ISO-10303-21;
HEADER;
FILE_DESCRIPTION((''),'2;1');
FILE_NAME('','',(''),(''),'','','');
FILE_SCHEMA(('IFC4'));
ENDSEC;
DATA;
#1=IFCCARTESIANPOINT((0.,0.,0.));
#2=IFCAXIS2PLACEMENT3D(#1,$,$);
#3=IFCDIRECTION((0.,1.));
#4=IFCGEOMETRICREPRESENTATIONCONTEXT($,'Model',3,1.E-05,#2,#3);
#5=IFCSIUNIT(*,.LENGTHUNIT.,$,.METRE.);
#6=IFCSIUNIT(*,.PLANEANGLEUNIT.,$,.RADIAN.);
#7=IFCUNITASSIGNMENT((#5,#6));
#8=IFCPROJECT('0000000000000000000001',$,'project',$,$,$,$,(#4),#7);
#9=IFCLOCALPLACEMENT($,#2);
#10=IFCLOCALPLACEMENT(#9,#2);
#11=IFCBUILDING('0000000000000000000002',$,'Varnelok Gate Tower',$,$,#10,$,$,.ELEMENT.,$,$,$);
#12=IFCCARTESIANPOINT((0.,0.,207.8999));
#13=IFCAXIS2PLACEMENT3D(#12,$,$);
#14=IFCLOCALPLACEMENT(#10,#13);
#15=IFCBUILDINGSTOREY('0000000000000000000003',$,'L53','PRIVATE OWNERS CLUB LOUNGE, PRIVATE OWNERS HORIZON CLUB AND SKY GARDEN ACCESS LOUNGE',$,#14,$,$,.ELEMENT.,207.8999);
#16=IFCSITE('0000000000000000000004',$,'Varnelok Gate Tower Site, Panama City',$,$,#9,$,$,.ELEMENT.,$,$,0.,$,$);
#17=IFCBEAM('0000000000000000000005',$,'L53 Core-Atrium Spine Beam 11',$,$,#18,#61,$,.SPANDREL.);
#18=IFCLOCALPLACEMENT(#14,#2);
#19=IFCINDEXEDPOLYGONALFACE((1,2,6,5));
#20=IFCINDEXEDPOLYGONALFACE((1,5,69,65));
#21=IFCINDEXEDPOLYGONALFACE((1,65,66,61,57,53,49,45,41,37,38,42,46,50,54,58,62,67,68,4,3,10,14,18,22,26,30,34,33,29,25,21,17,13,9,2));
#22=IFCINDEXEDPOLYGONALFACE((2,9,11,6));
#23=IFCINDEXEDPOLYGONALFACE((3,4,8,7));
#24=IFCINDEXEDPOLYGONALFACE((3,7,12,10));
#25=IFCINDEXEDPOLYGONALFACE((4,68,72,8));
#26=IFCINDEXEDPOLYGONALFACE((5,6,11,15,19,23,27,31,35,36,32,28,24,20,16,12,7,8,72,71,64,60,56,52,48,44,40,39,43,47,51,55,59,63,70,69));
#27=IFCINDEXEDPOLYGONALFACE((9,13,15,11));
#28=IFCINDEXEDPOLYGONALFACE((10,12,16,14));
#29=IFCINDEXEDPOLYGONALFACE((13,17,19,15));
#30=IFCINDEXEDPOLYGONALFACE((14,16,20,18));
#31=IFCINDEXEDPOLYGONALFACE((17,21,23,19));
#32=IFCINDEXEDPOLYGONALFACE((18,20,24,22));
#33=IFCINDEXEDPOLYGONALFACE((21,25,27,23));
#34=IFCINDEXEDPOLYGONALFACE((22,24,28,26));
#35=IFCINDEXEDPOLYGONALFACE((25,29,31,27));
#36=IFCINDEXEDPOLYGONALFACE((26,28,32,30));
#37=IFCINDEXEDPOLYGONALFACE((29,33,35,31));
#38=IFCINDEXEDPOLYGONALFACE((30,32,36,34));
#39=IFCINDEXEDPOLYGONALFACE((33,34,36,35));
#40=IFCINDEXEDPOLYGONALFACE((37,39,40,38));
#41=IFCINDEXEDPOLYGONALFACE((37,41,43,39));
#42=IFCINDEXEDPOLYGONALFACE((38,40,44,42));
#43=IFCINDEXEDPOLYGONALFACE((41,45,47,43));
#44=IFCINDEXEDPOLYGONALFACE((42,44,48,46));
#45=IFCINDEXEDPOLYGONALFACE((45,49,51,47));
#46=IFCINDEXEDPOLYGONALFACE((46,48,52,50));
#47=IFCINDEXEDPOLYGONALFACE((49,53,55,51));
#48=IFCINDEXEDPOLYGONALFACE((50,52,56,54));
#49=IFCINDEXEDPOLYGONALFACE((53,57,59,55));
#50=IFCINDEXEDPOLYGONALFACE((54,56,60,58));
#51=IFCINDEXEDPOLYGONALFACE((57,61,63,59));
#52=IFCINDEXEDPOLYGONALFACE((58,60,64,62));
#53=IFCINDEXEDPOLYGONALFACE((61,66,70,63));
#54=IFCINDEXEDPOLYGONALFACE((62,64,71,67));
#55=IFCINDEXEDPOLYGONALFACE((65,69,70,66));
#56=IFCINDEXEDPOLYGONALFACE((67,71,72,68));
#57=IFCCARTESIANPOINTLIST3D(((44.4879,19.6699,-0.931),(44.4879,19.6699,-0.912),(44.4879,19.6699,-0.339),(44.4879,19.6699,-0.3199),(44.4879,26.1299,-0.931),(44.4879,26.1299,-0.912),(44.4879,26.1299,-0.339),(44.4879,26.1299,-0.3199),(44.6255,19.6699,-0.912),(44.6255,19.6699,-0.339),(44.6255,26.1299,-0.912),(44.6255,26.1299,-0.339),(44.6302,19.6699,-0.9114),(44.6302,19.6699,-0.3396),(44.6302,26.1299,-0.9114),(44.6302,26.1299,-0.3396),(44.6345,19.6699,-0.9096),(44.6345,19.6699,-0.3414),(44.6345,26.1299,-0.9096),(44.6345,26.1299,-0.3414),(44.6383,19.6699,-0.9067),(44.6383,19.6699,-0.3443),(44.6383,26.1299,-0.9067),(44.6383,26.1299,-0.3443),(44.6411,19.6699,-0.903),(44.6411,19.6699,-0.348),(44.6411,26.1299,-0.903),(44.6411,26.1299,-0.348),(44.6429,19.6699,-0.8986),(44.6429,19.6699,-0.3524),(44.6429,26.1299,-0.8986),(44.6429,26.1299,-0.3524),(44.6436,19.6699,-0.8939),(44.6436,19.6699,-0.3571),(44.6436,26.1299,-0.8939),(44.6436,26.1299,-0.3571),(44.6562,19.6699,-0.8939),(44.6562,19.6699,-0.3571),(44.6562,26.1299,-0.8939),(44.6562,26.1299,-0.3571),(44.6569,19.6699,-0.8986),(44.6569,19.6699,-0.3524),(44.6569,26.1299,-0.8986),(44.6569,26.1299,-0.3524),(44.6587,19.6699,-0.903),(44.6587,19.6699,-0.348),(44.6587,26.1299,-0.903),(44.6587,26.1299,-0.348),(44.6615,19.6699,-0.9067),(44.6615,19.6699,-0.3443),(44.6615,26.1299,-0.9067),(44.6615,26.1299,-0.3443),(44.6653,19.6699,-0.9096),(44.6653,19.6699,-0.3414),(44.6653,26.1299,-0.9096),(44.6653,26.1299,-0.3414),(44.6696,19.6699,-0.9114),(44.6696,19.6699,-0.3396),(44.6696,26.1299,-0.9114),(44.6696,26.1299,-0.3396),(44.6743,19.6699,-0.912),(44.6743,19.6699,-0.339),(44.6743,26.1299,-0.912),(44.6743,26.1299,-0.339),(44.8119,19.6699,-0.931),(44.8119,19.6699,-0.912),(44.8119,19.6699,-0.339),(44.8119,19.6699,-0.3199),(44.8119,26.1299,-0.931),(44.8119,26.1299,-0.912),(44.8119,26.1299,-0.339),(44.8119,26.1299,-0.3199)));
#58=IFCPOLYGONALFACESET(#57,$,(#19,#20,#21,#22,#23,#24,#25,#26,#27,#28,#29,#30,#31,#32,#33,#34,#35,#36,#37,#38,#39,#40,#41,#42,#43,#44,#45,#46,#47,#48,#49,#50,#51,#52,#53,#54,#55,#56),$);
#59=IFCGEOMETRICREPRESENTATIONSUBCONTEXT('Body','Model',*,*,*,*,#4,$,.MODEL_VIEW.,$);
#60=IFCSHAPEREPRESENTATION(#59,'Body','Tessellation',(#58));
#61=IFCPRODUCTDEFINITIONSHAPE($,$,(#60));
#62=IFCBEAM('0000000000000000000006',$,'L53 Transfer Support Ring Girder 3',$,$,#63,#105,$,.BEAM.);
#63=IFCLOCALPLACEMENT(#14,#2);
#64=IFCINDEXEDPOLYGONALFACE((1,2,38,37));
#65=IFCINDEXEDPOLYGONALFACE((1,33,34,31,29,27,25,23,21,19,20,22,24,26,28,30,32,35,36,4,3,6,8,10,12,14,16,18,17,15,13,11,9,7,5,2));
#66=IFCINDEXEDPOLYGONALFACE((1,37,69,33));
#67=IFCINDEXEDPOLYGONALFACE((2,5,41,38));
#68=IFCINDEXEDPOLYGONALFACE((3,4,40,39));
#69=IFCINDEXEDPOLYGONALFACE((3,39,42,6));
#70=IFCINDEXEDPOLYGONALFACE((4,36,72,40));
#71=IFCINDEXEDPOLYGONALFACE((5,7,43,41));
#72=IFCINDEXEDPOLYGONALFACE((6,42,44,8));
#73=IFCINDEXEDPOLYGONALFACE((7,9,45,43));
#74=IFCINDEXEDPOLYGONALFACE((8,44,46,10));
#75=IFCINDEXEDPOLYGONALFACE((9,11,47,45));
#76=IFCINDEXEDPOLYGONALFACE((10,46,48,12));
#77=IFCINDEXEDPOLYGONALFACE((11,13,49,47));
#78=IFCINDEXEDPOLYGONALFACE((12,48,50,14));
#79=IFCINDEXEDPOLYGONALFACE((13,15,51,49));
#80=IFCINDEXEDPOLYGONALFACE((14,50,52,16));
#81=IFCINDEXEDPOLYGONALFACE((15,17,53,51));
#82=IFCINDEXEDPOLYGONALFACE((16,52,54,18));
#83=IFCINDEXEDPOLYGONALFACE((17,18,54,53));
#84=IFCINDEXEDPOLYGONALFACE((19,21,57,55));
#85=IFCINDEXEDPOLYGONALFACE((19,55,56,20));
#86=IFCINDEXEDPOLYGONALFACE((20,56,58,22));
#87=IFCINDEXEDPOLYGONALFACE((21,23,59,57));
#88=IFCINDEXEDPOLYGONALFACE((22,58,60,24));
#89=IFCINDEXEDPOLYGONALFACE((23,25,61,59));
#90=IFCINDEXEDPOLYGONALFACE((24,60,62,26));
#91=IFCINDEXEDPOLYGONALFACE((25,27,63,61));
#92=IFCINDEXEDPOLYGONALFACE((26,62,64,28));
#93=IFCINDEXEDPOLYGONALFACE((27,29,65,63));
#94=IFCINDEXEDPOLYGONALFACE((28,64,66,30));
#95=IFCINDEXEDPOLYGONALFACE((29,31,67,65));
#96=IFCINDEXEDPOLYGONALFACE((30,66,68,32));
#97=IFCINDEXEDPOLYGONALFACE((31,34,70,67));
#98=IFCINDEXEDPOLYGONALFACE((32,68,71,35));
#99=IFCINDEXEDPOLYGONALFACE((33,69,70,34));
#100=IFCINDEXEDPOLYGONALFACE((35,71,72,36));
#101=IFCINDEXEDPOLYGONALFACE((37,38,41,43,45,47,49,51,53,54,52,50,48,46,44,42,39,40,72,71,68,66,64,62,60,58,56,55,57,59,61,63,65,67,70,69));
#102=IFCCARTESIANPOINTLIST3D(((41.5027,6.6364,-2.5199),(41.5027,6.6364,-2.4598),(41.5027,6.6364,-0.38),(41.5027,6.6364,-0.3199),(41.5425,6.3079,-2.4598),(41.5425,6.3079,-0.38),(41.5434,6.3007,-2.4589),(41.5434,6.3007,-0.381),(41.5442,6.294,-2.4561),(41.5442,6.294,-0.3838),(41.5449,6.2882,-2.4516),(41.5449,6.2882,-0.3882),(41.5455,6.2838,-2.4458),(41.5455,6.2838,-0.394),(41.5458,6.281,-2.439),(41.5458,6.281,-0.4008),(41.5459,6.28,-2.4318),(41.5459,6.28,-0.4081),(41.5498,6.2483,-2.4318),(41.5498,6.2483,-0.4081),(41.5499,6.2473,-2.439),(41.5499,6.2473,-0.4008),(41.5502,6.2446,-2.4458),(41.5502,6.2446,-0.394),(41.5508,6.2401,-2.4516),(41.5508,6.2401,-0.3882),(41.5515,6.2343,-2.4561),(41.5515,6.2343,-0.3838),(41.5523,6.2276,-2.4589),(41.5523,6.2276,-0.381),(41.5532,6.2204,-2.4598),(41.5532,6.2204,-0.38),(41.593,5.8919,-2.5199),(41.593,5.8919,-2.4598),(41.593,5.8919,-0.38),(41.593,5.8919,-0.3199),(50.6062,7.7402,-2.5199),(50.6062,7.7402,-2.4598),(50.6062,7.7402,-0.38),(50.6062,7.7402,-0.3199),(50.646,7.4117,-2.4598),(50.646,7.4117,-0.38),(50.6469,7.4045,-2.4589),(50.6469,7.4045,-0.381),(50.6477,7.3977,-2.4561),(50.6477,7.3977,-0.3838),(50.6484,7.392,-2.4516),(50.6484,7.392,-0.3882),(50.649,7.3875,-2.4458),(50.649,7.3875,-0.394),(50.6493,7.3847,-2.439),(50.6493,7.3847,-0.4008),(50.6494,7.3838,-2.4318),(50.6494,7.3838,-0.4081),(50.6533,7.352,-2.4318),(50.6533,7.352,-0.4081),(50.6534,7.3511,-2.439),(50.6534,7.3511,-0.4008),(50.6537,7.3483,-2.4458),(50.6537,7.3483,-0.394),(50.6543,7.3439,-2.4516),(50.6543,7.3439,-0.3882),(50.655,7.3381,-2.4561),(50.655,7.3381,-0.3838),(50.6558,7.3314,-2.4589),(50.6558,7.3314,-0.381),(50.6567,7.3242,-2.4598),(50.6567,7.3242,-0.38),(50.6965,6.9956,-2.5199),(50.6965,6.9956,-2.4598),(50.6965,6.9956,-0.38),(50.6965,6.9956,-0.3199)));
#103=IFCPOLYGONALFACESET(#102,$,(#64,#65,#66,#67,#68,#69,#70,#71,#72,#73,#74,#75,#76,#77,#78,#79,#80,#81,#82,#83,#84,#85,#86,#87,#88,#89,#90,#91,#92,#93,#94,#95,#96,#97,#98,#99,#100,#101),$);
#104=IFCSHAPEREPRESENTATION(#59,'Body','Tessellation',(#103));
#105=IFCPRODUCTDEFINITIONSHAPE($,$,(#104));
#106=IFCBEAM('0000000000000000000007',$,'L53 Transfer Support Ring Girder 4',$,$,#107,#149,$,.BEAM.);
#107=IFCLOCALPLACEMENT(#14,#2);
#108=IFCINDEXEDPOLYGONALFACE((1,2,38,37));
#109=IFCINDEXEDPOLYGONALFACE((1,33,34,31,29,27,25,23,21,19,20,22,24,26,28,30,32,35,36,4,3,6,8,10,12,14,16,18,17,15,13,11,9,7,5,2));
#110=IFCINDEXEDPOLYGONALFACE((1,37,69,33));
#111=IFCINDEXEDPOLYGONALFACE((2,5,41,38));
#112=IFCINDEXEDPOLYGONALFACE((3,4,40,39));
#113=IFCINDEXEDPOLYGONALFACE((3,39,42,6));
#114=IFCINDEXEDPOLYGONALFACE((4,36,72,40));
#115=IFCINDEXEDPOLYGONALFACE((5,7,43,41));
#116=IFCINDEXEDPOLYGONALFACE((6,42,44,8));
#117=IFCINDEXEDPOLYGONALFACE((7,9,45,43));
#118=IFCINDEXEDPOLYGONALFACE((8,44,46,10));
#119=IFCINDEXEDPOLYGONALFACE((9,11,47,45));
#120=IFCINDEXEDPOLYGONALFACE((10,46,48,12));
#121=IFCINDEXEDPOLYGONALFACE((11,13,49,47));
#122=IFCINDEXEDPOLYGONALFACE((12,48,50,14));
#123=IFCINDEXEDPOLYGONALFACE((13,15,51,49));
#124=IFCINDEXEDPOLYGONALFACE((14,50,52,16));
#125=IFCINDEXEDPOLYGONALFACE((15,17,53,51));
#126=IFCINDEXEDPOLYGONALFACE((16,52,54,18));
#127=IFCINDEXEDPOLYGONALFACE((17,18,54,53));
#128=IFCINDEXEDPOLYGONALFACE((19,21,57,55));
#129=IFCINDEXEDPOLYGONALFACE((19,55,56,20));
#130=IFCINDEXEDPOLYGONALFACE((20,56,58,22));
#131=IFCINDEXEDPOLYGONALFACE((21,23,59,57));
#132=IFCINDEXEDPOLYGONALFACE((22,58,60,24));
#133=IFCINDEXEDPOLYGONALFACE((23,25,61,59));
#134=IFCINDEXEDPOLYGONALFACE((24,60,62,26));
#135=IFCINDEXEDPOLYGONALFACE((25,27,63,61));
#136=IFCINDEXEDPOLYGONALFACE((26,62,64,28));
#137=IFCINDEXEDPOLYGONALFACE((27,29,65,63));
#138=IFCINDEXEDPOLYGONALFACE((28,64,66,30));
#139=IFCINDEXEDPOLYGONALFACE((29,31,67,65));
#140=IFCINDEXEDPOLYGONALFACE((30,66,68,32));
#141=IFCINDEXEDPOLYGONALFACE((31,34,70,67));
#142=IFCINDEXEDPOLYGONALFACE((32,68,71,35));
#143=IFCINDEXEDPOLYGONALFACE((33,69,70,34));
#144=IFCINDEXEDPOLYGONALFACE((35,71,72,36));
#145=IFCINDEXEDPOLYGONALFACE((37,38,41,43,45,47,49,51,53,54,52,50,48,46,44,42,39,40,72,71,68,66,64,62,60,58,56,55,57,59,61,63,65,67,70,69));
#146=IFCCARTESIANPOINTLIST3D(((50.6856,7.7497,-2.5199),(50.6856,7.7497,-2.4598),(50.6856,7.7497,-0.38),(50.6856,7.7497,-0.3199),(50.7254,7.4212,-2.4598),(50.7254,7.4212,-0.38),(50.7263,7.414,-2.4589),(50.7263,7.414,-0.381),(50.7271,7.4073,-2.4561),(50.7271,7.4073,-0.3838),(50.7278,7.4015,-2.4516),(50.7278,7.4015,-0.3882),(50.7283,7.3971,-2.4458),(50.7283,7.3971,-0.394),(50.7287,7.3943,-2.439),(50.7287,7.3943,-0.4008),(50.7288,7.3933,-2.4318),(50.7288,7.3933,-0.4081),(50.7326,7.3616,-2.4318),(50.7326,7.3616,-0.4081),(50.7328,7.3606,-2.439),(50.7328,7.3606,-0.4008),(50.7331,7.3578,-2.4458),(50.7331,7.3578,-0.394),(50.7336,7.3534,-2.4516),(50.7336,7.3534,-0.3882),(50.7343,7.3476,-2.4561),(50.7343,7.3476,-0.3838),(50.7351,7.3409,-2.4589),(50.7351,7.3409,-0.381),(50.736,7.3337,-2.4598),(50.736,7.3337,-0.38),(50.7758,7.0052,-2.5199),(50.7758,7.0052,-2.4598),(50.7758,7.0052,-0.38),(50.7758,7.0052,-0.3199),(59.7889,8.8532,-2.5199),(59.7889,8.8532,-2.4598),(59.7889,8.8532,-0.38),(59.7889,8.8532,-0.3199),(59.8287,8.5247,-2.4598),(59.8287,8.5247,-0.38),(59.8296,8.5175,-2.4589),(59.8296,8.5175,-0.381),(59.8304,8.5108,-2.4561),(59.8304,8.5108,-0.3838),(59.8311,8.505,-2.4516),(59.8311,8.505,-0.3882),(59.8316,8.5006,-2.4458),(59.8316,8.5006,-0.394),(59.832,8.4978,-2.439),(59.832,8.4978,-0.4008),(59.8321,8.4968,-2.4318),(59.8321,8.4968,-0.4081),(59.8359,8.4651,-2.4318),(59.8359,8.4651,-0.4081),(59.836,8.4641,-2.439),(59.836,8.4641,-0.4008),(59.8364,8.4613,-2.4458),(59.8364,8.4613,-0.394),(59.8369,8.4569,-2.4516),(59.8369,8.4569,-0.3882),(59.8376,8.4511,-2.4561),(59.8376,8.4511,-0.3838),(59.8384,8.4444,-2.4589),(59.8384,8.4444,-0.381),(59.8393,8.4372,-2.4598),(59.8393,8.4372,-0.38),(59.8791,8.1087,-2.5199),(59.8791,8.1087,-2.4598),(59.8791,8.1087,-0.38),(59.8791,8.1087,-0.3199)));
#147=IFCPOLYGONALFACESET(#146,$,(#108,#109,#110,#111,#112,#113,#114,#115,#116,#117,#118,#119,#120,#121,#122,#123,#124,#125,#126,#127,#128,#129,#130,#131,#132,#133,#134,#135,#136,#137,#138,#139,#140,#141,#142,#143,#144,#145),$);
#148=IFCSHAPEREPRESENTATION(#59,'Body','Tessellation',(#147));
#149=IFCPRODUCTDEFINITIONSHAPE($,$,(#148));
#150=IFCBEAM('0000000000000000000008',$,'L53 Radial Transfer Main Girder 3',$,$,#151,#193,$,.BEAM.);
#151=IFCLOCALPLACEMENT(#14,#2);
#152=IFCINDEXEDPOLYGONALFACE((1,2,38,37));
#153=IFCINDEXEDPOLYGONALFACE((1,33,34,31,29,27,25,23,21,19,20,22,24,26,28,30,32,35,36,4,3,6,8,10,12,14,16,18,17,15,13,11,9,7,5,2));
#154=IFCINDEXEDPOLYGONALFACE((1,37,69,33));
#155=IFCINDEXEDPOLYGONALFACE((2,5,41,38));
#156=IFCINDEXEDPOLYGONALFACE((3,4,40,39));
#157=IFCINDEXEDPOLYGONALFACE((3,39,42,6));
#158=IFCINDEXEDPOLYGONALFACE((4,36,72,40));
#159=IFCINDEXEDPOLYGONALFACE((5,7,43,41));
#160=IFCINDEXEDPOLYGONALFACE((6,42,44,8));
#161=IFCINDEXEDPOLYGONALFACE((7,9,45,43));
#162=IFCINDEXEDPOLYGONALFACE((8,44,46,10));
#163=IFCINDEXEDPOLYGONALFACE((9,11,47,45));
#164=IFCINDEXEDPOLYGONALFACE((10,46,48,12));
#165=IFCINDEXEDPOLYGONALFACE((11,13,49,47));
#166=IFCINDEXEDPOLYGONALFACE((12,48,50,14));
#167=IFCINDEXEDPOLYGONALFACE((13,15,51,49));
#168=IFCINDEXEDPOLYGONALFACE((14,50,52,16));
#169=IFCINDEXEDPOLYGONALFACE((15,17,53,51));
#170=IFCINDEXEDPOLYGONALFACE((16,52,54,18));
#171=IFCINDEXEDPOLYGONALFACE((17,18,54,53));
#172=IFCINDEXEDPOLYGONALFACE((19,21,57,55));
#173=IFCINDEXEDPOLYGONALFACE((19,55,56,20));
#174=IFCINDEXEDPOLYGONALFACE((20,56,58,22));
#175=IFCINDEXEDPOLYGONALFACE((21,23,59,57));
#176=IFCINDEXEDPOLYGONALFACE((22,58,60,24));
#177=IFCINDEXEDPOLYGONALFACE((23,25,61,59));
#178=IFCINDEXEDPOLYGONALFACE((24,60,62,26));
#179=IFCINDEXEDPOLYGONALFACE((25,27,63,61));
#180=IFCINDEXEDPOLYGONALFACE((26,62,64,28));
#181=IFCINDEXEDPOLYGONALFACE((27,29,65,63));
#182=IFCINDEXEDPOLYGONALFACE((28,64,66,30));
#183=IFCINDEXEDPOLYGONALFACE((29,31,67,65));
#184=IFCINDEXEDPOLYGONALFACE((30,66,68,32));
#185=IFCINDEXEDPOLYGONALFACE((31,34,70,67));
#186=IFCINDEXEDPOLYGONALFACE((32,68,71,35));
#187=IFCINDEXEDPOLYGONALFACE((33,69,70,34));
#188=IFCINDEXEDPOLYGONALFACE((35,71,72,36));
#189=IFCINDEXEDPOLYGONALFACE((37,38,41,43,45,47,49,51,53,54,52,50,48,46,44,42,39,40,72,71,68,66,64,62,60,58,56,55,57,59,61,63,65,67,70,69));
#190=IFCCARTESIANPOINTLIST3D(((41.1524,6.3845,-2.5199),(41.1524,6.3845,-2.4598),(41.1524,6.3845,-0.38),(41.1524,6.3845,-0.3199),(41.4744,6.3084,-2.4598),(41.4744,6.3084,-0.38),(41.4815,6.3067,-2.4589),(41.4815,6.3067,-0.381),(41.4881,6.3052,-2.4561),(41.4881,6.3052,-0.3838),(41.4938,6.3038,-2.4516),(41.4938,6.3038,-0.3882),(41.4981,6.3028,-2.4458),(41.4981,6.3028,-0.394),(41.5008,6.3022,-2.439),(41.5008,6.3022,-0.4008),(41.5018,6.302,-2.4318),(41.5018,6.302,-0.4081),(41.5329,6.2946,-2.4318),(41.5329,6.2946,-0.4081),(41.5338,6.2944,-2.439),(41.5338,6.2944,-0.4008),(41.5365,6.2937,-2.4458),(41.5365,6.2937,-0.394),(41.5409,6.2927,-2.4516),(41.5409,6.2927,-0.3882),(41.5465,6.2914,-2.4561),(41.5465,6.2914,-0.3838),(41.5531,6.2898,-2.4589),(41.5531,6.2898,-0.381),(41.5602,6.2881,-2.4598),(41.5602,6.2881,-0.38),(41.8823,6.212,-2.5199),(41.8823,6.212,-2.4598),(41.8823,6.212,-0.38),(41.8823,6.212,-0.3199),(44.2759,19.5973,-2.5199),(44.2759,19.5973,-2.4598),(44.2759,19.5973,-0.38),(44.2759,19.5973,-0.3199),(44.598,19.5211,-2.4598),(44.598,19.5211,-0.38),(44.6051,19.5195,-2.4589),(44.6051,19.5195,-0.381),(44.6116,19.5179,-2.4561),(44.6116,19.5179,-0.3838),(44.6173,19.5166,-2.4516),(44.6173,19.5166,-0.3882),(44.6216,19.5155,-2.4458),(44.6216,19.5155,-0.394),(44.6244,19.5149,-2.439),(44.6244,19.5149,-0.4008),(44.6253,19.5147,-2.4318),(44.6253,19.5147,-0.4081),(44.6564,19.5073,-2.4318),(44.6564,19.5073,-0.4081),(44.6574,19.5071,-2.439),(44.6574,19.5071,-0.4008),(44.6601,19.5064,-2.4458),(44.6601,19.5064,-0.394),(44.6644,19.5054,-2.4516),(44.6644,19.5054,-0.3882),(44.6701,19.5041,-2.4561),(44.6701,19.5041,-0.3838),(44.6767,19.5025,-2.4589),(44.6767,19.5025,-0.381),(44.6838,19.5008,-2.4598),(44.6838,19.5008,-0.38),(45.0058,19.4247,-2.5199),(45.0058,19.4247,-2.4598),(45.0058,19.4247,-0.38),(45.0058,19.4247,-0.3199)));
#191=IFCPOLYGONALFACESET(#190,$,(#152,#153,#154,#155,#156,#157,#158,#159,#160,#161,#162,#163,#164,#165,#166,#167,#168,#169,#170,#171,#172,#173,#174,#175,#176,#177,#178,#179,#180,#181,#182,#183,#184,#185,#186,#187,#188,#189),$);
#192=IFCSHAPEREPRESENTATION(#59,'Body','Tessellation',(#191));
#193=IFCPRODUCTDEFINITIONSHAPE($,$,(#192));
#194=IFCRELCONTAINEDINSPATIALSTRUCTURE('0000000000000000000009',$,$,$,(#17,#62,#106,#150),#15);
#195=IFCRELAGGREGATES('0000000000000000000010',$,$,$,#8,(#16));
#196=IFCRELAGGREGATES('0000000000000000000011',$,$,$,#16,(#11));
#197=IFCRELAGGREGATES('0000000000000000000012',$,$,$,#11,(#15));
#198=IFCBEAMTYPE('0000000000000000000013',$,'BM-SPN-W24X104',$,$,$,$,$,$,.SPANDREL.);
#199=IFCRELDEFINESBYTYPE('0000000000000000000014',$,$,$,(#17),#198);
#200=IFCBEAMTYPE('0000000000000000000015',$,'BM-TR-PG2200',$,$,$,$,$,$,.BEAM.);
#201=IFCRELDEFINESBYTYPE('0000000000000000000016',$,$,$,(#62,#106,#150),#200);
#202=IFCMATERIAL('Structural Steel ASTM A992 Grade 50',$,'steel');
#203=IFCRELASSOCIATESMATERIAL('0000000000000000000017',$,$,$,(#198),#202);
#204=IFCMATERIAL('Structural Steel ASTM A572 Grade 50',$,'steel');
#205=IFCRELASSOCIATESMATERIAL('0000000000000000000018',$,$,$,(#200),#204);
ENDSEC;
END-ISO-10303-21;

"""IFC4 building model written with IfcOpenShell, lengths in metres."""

from ifc_helpers import new_model, si_unit, direction, frame, origin, origin_2d, place, context, subcontext, project, spatial, i_section, extrude, material, material_profile, profile_set, type_object, element, save


model = new_model("IFC4")

# Units and contexts
model_context = context("Model", 3, precision=1e-05, world=origin(), true_north=direction((0.0, 1.0)))
body_context = subcontext(model_context, "Body", "Model", "MODEL_VIEW")
ifc_project = project(units=[si_unit("LENGTHUNIT", "METRE"), si_unit("PLANEANGLEUNIT", "RADIAN")], contexts=[model_context])

# Site, building, storey
site_placement = place(None, origin())
site = spatial("IfcSite", under=ifc_project, at=site_placement, Name="Varnelok Gate Tower Site, Panama City", CompositionType="ELEMENT", RefElevation=0.0)
building_placement = place(site_placement, origin())
building = spatial("IfcBuilding", under=site, at=building_placement, Name="Varnelok Gate Tower", CompositionType="ELEMENT")
storey_placement = place(building_placement, frame((0.0, 0.0, 207.8999)))
storey = spatial("IfcBuildingStorey", under=building, at=storey_placement, Name="L53", Description="PRIVATE OWNERS CLUB LOUNGE, PRIVATE OWNERS HORIZON CLUB AND SKY GARDEN ACCESS LOUNGE", CompositionType="ELEMENT", Elevation=207.8999)

# Shared definitions
ifc_material_1 = material(Name="Structural Steel ASTM A992 Grade 50", Category="steel")

# Beams
ifc_material_profile_1 = material_profile(ifc_material_1, i_section(OverallWidth=0.324, OverallDepth=0.6111, WebThickness=0.0127, FlangeThickness=0.019, FilletRadius=0.0181, at=origin_2d()), Name="W24X104")
ifc_profile_set_1 = profile_set([ifc_material_profile_1], Name="Structural Steel ASTM A992 Grade 50")
beam_type_1 = type_object("IfcBeamType", Name="BM-SPN-W24X104", PredefinedType="SPANDREL", material=ifc_profile_set_1)
beam_1_placement = place(storey_placement, frame((44.6499, 19.6699, -0.6255), z_axis=(0.0, 1.0, 0.0), x_axis=(-1.0, 0.0, 0.0)))
element("IfcBeam", 1, at=beam_1_placement, inside=storey, type_object=beam_type_1, Name="L53 Core-Atrium Spine Beam 11", PredefinedType="SPANDREL", context=body_context, shape_type="SweptSolid", body=[
    extrude(i_section(OverallWidth=0.324, OverallDepth=0.6111, WebThickness=0.0127, FlangeThickness=0.019, FilletRadius=0.0181, at=origin_2d()), origin(), (0.0, 0.0, 1.0), 6.46),
])
ifc_material_2 = material(Name="Structural Steel ASTM A572 Grade 50", Category="steel")
ifc_material_profile_2 = material_profile(ifc_material_2, i_section(OverallWidth=0.75, OverallDepth=2.2, WebThickness=0.032, FlangeThickness=0.0601, FilletRadius=0.0281, at=origin_2d()), Name="PG2200X750")
ifc_profile_set_2 = profile_set([ifc_material_profile_2], Name="Structural Steel ASTM A572 Grade 50")
beam_type_2 = type_object("IfcBeamType", Name="BM-TR-PG2200", PredefinedType="BEAM", material=ifc_profile_set_2)
beam_2_placement = place(storey_placement, frame((41.5479, 6.2642, -1.4199), z_axis=(0.99273, 0.120364, 0.0), x_axis=(-0.120364, 0.99273, 0.0)))
element("IfcBeam", 2, at=beam_2_placement, inside=storey, type_object=beam_type_2, Name="L53 Transfer Support Ring Girder 3", PredefinedType="BEAM", context=body_context, shape_type="SweptSolid", body=[
    extrude(i_section(OverallWidth=0.75, OverallDepth=2.2, WebThickness=0.032, FlangeThickness=0.0601, FilletRadius=0.0281, at=origin_2d()), origin(), (0.0, 0.0, 1.0), 9.1702),
])
beam_3_placement = place(storey_placement, frame((50.7307, 7.3774, -1.4199), z_axis=(0.992733, 0.120341, 0.0), x_axis=(-0.120341, 0.992733, 0.0)))
element("IfcBeam", 3, at=beam_3_placement, inside=storey, type_object=beam_type_2, Name="L53 Transfer Support Ring Girder 4", PredefinedType="BEAM", context=body_context, shape_type="SweptSolid", body=[
    extrude(i_section(OverallWidth=0.75, OverallDepth=2.2, WebThickness=0.032, FlangeThickness=0.0601, FilletRadius=0.0281, at=origin_2d()), origin(), (0.0, 0.0, 1.0), 9.1699),
])
beam_4_placement = place(storey_placement, frame((44.6409, 19.511, -1.4199), z_axis=(-0.230064, -0.973176, 0.0), x_axis=(0.973176, -0.230064, 0.0)))
element("IfcBeam", 4, at=beam_4_placement, inside=storey, type_object=beam_type_2, Name="L53 Radial Transfer Main Girder 3", PredefinedType="BEAM", context=body_context, shape_type="SweptSolid", body=[
    extrude(i_section(OverallWidth=0.75, OverallDepth=2.2, WebThickness=0.032, FlangeThickness=0.0601, FilletRadius=0.0281, at=origin_2d()), origin(), (0.0, 0.0, 1.0), 13.5769),
])

save(model, "model.ifc")
